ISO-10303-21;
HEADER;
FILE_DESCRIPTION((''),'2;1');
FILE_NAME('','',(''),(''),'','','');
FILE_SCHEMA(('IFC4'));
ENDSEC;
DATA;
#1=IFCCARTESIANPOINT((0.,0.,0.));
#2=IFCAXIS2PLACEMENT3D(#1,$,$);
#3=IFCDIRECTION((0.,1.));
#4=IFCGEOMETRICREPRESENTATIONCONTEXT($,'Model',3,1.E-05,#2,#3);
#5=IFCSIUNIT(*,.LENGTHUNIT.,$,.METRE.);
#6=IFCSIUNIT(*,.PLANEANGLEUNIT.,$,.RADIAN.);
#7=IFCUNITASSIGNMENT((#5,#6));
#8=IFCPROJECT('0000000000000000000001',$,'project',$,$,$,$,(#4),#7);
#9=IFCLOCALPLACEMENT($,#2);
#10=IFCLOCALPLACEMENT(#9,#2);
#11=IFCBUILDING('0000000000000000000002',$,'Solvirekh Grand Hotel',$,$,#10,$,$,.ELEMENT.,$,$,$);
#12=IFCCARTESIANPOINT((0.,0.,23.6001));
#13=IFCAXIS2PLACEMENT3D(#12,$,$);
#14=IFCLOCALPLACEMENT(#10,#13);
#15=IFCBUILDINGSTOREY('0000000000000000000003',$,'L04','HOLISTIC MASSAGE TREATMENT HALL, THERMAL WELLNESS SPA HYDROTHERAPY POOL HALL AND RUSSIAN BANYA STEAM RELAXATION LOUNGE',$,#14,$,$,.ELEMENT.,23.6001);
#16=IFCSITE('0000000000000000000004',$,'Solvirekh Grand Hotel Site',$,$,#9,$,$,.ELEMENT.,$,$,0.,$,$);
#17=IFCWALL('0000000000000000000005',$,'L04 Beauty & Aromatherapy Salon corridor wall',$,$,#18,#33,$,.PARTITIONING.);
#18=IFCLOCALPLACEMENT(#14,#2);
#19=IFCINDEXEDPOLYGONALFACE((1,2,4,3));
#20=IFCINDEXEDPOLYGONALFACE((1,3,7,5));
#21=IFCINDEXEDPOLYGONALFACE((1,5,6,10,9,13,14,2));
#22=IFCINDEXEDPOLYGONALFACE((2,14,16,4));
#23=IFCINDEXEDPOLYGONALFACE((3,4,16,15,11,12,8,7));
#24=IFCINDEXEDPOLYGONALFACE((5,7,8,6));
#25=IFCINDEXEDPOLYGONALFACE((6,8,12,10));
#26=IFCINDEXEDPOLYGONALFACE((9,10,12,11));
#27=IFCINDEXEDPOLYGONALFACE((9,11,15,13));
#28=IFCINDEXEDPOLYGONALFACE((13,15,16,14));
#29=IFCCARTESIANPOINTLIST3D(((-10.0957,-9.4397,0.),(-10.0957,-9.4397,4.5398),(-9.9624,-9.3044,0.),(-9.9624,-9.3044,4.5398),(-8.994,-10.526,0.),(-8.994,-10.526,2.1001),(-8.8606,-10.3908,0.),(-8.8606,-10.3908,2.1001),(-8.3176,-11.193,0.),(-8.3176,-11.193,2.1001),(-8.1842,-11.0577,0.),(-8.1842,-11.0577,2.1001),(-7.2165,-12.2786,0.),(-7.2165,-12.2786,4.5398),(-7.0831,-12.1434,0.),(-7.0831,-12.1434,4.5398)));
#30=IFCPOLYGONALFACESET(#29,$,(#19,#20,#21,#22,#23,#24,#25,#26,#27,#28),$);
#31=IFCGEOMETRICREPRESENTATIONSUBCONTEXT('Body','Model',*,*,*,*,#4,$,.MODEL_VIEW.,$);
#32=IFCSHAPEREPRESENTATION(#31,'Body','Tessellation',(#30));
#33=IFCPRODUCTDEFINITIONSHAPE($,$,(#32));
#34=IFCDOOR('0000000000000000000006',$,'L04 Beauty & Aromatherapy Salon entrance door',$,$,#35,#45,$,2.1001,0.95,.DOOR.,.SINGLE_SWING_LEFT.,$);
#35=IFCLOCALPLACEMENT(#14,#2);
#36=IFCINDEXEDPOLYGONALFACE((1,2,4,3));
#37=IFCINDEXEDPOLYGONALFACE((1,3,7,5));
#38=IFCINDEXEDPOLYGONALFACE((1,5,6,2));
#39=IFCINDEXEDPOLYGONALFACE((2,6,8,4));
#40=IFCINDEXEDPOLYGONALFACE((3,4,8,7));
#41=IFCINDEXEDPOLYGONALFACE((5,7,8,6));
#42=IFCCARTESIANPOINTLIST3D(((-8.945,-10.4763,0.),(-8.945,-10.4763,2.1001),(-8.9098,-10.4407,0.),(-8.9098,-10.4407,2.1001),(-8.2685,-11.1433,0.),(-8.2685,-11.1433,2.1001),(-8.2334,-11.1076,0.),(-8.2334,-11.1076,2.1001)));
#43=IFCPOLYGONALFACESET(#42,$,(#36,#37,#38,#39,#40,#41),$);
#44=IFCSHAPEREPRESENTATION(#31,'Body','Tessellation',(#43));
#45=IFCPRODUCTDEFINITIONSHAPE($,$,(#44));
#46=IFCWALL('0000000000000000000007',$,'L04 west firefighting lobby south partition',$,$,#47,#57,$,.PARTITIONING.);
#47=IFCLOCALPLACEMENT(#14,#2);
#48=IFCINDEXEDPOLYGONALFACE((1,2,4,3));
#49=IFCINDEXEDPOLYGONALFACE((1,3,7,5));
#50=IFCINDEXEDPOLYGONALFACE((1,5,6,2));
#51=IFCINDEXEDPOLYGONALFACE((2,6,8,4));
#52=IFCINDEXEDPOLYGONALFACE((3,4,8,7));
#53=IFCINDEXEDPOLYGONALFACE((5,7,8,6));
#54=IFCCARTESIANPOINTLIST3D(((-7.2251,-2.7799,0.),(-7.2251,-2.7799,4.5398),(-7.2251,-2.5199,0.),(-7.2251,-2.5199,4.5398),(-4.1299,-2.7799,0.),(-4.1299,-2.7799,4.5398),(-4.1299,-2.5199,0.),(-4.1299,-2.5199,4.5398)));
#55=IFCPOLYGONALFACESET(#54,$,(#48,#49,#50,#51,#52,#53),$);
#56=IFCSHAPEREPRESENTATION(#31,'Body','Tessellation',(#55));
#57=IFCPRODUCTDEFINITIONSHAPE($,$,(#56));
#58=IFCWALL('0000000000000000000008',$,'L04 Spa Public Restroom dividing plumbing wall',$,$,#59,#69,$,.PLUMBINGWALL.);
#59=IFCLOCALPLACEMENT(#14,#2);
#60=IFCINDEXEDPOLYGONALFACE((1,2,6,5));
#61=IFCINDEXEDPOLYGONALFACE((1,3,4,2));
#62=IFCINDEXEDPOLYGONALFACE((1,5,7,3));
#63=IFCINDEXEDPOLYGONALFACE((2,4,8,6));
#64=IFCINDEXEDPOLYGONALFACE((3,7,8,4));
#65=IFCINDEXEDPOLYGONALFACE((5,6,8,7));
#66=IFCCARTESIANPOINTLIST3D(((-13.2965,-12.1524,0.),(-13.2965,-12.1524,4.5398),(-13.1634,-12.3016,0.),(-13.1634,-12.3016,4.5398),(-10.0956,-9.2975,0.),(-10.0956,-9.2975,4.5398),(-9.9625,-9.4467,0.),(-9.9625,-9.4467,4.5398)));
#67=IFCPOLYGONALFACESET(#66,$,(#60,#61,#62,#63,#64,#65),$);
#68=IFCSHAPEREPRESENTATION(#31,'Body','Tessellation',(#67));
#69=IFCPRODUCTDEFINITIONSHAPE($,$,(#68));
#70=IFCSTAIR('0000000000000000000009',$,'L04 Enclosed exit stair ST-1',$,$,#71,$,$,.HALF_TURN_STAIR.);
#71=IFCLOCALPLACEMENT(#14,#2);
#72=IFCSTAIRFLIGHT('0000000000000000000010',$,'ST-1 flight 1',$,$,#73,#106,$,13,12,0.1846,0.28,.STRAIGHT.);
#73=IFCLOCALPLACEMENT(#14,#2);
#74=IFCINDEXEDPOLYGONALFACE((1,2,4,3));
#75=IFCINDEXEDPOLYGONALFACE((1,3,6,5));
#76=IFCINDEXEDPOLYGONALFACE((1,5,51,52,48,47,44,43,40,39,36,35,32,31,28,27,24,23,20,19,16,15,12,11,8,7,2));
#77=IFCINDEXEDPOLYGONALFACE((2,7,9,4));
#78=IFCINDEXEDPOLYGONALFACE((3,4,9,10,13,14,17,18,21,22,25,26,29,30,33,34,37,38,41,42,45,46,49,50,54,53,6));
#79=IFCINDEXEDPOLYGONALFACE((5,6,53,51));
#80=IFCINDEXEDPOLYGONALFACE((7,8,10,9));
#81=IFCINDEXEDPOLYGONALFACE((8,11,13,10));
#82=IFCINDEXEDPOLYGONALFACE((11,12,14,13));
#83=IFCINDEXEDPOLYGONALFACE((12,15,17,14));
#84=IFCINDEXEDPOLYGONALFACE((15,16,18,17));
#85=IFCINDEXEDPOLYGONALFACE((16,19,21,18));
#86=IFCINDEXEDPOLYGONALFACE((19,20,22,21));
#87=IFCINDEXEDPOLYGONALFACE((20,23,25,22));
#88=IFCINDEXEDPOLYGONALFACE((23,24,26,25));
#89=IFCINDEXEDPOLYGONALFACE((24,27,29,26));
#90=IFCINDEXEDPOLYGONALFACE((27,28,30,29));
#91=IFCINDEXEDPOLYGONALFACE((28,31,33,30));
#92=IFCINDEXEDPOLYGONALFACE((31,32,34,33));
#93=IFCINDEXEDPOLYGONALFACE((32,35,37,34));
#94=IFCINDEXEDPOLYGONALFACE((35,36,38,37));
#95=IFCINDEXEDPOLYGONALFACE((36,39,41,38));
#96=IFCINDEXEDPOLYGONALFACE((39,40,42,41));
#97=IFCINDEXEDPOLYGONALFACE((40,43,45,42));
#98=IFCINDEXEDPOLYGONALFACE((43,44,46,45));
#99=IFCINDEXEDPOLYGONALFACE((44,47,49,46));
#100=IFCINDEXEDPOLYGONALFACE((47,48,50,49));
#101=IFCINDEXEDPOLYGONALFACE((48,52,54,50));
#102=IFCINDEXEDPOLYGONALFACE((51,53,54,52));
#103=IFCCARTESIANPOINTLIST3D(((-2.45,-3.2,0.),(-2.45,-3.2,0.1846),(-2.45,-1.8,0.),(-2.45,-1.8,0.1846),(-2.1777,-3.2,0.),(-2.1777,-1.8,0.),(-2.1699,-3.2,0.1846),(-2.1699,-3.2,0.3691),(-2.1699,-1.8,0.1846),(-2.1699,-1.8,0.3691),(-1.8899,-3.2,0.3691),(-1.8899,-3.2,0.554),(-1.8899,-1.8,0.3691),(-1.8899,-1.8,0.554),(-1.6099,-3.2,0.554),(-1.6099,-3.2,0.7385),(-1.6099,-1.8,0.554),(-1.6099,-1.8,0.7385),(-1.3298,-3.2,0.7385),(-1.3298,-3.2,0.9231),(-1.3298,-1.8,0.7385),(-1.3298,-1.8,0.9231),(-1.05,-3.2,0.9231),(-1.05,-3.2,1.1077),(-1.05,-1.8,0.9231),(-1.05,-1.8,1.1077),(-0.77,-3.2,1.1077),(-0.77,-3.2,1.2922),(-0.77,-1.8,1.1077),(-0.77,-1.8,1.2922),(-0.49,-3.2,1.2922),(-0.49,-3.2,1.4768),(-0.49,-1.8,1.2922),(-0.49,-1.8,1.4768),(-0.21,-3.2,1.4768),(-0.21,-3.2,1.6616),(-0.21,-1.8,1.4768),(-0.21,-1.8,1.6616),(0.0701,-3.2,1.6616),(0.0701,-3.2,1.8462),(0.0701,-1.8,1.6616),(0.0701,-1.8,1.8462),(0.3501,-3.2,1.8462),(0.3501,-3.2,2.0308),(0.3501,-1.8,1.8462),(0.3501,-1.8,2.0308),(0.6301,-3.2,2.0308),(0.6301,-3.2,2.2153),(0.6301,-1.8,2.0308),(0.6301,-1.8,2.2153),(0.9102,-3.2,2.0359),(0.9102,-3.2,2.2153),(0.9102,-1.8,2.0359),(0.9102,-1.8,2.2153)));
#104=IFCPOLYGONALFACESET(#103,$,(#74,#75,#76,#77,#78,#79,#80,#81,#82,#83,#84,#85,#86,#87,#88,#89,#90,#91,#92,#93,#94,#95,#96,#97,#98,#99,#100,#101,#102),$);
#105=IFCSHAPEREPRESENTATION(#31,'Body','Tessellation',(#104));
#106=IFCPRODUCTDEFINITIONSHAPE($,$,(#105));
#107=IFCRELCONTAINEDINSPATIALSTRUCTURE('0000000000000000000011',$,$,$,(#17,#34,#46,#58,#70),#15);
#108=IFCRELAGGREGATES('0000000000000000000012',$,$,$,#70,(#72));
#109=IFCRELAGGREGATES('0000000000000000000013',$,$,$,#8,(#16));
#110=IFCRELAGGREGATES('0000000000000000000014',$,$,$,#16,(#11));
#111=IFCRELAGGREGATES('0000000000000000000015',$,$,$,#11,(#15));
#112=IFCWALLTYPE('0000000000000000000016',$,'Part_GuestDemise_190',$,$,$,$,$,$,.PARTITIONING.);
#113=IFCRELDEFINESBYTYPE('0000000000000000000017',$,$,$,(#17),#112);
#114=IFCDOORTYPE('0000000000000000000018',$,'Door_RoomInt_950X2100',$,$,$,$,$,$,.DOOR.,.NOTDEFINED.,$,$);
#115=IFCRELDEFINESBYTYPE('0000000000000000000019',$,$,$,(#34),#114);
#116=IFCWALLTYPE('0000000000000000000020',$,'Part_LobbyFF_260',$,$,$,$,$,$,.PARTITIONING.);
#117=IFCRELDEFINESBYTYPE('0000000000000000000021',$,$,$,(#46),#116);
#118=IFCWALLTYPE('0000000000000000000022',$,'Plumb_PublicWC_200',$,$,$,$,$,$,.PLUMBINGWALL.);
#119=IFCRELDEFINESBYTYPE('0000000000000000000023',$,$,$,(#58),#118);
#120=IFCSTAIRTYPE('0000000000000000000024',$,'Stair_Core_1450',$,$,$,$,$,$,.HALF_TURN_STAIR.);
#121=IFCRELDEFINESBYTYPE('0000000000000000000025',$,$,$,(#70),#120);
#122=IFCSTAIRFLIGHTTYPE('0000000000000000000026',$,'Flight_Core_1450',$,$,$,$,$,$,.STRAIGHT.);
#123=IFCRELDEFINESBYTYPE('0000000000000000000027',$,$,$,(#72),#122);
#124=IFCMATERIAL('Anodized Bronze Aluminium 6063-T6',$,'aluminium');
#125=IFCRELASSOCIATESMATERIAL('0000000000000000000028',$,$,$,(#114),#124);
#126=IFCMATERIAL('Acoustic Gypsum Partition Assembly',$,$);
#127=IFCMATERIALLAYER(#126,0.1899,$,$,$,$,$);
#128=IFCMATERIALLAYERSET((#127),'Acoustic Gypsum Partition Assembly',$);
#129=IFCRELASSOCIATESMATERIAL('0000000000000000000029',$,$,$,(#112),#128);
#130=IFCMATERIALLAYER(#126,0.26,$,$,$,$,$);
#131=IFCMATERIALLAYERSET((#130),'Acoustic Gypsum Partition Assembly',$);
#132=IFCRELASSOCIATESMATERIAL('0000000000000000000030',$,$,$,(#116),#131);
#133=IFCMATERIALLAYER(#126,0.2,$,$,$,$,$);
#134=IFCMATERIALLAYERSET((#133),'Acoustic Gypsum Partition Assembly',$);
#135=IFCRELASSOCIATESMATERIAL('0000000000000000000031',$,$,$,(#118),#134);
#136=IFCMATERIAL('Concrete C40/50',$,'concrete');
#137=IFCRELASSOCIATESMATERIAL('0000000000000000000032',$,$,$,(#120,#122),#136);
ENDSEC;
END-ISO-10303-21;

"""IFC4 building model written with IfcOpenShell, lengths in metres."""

from ifc_helpers import new_model, si_unit, direction, frame, frame_2d, origin, place, context, subcontext, project, spatial, polyline, rectangle, outline, extrude, material, layer, layer_set, type_object, element, fill, aggregate, save


model = new_model("IFC4")

# Units and contexts
model_context = context("Model", 3, precision=1e-05, world=origin(), true_north=direction((0.0, 1.0)))
body_context = subcontext(model_context, "Body", "Model", "MODEL_VIEW")
ifc_project = project(units=[si_unit("LENGTHUNIT", "METRE"), si_unit("PLANEANGLEUNIT", "RADIAN")], contexts=[model_context])

# Site, building, storey
site_placement = place(None, origin())
site = spatial("IfcSite", under=ifc_project, at=site_placement, Name="Solvirekh Grand Hotel Site", CompositionType="ELEMENT", RefElevation=0.0)
building_placement = place(site_placement, origin())
building = spatial("IfcBuilding", under=site, at=building_placement, Name="Solvirekh Grand Hotel", CompositionType="ELEMENT")
storey_placement = place(building_placement, frame((0.0, 0.0, 23.6001)))
storey = spatial("IfcBuildingStorey", under=building, at=storey_placement, Name="L04", Description="HOLISTIC MASSAGE TREATMENT HALL, THERMAL WELLNESS SPA HYDROTHERAPY POOL HALL AND RUSSIAN BANYA STEAM RELAXATION LOUNGE", CompositionType="ELEMENT", Elevation=23.6001)

# Shared definitions
ifc_material_1 = material(Name="Concrete C40/50", Category="concrete")

# Shared definitions
ifc_material_2 = material(Name="Acoustic Gypsum Partition Assembly")

# Wall, opening, door
ifc_material_3 = material(Name="Anodized Bronze Aluminium 6063-T6", Category="aluminium")
door_type_1 = type_object("IfcDoorType", Name="Door_RoomInt_950X2100", OperationType="NOTDEFINED", PredefinedType="DOOR", material=ifc_material_3)
ifc_layer_1 = layer(ifc_material_2, 0.1899)
ifc_layer_set_1 = layer_set([ifc_layer_1], Name="Acoustic Gypsum Partition Assembly")
wall_type_1 = type_object("IfcWallType", Name="Part_GuestDemise_190", PredefinedType="PARTITIONING", material=ifc_layer_set_1)
wall_1_placement = place(storey_placement, frame((-10.0291, -9.3721, 0.0), z_axis=(0.0, 0.0, 1.0), x_axis=(0.712071, -0.702108, 0.0)))
wall_1 = element("IfcWall", 1, at=wall_1_placement, inside=storey, type_object=wall_type_1, Name="L04 Beauty & Aromatherapy Salon corridor wall", PredefinedType="PARTITIONING", context=body_context, shape_type="SweptSolid", body=[
    extrude(rectangle(XDim=4.0435, YDim=0.1899, at=frame_2d((2.0217, 0.0))), origin(), (0.0, 0.0, 1.0), 4.5398),
])
opening_1_placement = place(wall_1_placement, frame((1.5471, 0.0, 0.0)))
opening_1 = element("IfcOpeningElement", 2, at=opening_1_placement, cuts=wall_1, PredefinedType="OPENING", context=body_context, shape_type="SweptSolid", body=[
    extrude(rectangle(XDim=0.95, YDim=2.1001, at=frame_2d((0.4751, 1.05))), frame((0.0, 0.105, 0.0), z_axis=(0.0, -1.0, 0.0), x_axis=(1.0, 0.0, 0.0)), (0.0, 0.0, 1.0), 0.21),
])
door_1_placement = place(opening_1_placement, origin())
door_1 = element("IfcDoor", 3, at=door_1_placement, inside=storey, type_object=door_type_1, Name="L04 Beauty & Aromatherapy Salon entrance door", OperationType="SINGLE_SWING_LEFT", OverallHeight=2.1001, OverallWidth=0.95, PredefinedType="DOOR", context=body_context, shape_type="SweptSolid", body=[
    extrude(rectangle(XDim=0.95, YDim=2.1001, at=frame_2d((0.4751, 1.05))), frame((0.0, 0.0249, 0.0), z_axis=(0.0, -1.0, 0.0), x_axis=(1.0, 0.0, 0.0)), (0.0, 0.0, 1.0), 0.05),
])
fill(opening_1, door_1)

# Walls
ifc_layer_2 = layer(ifc_material_2, 0.26)
ifc_layer_set_2 = layer_set([ifc_layer_2], Name="Acoustic Gypsum Partition Assembly")
wall_type_2 = type_object("IfcWallType", Name="Part_LobbyFF_260", PredefinedType="PARTITIONING", material=ifc_layer_set_2)
wall_2_placement = place(storey_placement, frame((-7.2251, -2.6499, 0.0), z_axis=(0.0, 0.0, 1.0), x_axis=(1.0, 0.0, 0.0)))
element("IfcWall", 4, at=wall_2_placement, inside=storey, type_object=wall_type_2, Name="L04 west firefighting lobby south partition", PredefinedType="PARTITIONING", context=body_context, shape_type="SweptSolid", body=[
    extrude(rectangle(XDim=3.0952, YDim=0.26, at=frame_2d((1.5476, 0.0))), origin(), (0.0, 0.0, 1.0), 4.5398),
])
ifc_layer_3 = layer(ifc_material_2, 0.2)
ifc_layer_set_3 = layer_set([ifc_layer_3], Name="Acoustic Gypsum Partition Assembly")
wall_type_3 = type_object("IfcWallType", Name="Plumb_PublicWC_200", PredefinedType="PLUMBINGWALL", material=ifc_layer_set_3)
wall_3_placement = place(storey_placement, frame((-10.0291, -9.3721, 0.0), z_axis=(0.0, 0.0, 1.0), x_axis=(-0.746284, -0.665628, 0.0)))
element("IfcWall", 5, at=wall_3_placement, inside=storey, type_object=wall_type_3, Name="L04 Spa Public Restroom dividing plumbing wall", PredefinedType="PLUMBINGWALL", context=body_context, shape_type="SweptSolid", body=[
    extrude(rectangle(XDim=4.2891, YDim=0.2, at=frame_2d((2.1445, 0.0))), origin(), (0.0, 0.0, 1.0), 4.5398),
])

# Stair, stair flight
stair_type = type_object("IfcStairType", Name="Stair_Core_1450", PredefinedType="HALF_TURN_STAIR", material=ifc_material_1)
stair_placement = place(storey_placement, origin())
stair = element("IfcStair", 6, at=stair_placement, inside=storey, type_object=stair_type, Name="L04 Enclosed exit stair ST-1", PredefinedType="HALF_TURN_STAIR")
stair_flight_type = type_object("IfcStairFlightType", Name="Flight_Core_1450", PredefinedType="STRAIGHT", material=ifc_material_1)
stair_flight_placement = place(storey_placement, frame((-2.45, -2.5, 0.0), z_axis=(0.0, 0.0, 1.0), x_axis=(1.0, 0.0, 0.0)))
stair_flight = element("IfcStairFlight", 7, at=stair_flight_placement, type_object=stair_flight_type, Name="ST-1 flight 1", NumberOfRisers=13, NumberOfTreads=12, PredefinedType="STRAIGHT", RiserHeight=0.1846, TreadLength=0.28, context=body_context, shape_type="SweptSolid", body=[
    extrude(outline(polyline([(0.0, 0.0), (0.0, 0.1846), (0.28, 0.1846), (0.28, 0.3691), (0.5601, 0.3691), (0.5601, 0.554), (0.8401, 0.554), (0.8401, 0.7385), (1.1201, 0.7385), (1.1201, 0.9231), (1.3999, 0.9231), (1.3999, 1.1077), (1.6799, 1.1077), (1.6799, 1.2922), (1.96, 1.2922), (1.96, 1.4768), (2.24, 1.4768), (2.24, 1.6616), (2.52, 1.6616), (2.52, 1.8462), (2.8, 1.8462), (2.8, 2.0308), (3.0801, 2.0308), (3.0801, 2.2153), (3.3601, 2.2153), (3.3601, 2.3999), (3.3601, 2.0359), (0.2722, 0.0), (0.0, 0.0)])), frame((0.0, 0.7, 0.0), z_axis=(0.0, -1.0, 0.0), x_axis=(1.0, 0.0, 0.0)), (0.0, 0.0, 1.0), 1.3999),
])
aggregate(stair, [stair_flight])

save(model, "model.ifc")
